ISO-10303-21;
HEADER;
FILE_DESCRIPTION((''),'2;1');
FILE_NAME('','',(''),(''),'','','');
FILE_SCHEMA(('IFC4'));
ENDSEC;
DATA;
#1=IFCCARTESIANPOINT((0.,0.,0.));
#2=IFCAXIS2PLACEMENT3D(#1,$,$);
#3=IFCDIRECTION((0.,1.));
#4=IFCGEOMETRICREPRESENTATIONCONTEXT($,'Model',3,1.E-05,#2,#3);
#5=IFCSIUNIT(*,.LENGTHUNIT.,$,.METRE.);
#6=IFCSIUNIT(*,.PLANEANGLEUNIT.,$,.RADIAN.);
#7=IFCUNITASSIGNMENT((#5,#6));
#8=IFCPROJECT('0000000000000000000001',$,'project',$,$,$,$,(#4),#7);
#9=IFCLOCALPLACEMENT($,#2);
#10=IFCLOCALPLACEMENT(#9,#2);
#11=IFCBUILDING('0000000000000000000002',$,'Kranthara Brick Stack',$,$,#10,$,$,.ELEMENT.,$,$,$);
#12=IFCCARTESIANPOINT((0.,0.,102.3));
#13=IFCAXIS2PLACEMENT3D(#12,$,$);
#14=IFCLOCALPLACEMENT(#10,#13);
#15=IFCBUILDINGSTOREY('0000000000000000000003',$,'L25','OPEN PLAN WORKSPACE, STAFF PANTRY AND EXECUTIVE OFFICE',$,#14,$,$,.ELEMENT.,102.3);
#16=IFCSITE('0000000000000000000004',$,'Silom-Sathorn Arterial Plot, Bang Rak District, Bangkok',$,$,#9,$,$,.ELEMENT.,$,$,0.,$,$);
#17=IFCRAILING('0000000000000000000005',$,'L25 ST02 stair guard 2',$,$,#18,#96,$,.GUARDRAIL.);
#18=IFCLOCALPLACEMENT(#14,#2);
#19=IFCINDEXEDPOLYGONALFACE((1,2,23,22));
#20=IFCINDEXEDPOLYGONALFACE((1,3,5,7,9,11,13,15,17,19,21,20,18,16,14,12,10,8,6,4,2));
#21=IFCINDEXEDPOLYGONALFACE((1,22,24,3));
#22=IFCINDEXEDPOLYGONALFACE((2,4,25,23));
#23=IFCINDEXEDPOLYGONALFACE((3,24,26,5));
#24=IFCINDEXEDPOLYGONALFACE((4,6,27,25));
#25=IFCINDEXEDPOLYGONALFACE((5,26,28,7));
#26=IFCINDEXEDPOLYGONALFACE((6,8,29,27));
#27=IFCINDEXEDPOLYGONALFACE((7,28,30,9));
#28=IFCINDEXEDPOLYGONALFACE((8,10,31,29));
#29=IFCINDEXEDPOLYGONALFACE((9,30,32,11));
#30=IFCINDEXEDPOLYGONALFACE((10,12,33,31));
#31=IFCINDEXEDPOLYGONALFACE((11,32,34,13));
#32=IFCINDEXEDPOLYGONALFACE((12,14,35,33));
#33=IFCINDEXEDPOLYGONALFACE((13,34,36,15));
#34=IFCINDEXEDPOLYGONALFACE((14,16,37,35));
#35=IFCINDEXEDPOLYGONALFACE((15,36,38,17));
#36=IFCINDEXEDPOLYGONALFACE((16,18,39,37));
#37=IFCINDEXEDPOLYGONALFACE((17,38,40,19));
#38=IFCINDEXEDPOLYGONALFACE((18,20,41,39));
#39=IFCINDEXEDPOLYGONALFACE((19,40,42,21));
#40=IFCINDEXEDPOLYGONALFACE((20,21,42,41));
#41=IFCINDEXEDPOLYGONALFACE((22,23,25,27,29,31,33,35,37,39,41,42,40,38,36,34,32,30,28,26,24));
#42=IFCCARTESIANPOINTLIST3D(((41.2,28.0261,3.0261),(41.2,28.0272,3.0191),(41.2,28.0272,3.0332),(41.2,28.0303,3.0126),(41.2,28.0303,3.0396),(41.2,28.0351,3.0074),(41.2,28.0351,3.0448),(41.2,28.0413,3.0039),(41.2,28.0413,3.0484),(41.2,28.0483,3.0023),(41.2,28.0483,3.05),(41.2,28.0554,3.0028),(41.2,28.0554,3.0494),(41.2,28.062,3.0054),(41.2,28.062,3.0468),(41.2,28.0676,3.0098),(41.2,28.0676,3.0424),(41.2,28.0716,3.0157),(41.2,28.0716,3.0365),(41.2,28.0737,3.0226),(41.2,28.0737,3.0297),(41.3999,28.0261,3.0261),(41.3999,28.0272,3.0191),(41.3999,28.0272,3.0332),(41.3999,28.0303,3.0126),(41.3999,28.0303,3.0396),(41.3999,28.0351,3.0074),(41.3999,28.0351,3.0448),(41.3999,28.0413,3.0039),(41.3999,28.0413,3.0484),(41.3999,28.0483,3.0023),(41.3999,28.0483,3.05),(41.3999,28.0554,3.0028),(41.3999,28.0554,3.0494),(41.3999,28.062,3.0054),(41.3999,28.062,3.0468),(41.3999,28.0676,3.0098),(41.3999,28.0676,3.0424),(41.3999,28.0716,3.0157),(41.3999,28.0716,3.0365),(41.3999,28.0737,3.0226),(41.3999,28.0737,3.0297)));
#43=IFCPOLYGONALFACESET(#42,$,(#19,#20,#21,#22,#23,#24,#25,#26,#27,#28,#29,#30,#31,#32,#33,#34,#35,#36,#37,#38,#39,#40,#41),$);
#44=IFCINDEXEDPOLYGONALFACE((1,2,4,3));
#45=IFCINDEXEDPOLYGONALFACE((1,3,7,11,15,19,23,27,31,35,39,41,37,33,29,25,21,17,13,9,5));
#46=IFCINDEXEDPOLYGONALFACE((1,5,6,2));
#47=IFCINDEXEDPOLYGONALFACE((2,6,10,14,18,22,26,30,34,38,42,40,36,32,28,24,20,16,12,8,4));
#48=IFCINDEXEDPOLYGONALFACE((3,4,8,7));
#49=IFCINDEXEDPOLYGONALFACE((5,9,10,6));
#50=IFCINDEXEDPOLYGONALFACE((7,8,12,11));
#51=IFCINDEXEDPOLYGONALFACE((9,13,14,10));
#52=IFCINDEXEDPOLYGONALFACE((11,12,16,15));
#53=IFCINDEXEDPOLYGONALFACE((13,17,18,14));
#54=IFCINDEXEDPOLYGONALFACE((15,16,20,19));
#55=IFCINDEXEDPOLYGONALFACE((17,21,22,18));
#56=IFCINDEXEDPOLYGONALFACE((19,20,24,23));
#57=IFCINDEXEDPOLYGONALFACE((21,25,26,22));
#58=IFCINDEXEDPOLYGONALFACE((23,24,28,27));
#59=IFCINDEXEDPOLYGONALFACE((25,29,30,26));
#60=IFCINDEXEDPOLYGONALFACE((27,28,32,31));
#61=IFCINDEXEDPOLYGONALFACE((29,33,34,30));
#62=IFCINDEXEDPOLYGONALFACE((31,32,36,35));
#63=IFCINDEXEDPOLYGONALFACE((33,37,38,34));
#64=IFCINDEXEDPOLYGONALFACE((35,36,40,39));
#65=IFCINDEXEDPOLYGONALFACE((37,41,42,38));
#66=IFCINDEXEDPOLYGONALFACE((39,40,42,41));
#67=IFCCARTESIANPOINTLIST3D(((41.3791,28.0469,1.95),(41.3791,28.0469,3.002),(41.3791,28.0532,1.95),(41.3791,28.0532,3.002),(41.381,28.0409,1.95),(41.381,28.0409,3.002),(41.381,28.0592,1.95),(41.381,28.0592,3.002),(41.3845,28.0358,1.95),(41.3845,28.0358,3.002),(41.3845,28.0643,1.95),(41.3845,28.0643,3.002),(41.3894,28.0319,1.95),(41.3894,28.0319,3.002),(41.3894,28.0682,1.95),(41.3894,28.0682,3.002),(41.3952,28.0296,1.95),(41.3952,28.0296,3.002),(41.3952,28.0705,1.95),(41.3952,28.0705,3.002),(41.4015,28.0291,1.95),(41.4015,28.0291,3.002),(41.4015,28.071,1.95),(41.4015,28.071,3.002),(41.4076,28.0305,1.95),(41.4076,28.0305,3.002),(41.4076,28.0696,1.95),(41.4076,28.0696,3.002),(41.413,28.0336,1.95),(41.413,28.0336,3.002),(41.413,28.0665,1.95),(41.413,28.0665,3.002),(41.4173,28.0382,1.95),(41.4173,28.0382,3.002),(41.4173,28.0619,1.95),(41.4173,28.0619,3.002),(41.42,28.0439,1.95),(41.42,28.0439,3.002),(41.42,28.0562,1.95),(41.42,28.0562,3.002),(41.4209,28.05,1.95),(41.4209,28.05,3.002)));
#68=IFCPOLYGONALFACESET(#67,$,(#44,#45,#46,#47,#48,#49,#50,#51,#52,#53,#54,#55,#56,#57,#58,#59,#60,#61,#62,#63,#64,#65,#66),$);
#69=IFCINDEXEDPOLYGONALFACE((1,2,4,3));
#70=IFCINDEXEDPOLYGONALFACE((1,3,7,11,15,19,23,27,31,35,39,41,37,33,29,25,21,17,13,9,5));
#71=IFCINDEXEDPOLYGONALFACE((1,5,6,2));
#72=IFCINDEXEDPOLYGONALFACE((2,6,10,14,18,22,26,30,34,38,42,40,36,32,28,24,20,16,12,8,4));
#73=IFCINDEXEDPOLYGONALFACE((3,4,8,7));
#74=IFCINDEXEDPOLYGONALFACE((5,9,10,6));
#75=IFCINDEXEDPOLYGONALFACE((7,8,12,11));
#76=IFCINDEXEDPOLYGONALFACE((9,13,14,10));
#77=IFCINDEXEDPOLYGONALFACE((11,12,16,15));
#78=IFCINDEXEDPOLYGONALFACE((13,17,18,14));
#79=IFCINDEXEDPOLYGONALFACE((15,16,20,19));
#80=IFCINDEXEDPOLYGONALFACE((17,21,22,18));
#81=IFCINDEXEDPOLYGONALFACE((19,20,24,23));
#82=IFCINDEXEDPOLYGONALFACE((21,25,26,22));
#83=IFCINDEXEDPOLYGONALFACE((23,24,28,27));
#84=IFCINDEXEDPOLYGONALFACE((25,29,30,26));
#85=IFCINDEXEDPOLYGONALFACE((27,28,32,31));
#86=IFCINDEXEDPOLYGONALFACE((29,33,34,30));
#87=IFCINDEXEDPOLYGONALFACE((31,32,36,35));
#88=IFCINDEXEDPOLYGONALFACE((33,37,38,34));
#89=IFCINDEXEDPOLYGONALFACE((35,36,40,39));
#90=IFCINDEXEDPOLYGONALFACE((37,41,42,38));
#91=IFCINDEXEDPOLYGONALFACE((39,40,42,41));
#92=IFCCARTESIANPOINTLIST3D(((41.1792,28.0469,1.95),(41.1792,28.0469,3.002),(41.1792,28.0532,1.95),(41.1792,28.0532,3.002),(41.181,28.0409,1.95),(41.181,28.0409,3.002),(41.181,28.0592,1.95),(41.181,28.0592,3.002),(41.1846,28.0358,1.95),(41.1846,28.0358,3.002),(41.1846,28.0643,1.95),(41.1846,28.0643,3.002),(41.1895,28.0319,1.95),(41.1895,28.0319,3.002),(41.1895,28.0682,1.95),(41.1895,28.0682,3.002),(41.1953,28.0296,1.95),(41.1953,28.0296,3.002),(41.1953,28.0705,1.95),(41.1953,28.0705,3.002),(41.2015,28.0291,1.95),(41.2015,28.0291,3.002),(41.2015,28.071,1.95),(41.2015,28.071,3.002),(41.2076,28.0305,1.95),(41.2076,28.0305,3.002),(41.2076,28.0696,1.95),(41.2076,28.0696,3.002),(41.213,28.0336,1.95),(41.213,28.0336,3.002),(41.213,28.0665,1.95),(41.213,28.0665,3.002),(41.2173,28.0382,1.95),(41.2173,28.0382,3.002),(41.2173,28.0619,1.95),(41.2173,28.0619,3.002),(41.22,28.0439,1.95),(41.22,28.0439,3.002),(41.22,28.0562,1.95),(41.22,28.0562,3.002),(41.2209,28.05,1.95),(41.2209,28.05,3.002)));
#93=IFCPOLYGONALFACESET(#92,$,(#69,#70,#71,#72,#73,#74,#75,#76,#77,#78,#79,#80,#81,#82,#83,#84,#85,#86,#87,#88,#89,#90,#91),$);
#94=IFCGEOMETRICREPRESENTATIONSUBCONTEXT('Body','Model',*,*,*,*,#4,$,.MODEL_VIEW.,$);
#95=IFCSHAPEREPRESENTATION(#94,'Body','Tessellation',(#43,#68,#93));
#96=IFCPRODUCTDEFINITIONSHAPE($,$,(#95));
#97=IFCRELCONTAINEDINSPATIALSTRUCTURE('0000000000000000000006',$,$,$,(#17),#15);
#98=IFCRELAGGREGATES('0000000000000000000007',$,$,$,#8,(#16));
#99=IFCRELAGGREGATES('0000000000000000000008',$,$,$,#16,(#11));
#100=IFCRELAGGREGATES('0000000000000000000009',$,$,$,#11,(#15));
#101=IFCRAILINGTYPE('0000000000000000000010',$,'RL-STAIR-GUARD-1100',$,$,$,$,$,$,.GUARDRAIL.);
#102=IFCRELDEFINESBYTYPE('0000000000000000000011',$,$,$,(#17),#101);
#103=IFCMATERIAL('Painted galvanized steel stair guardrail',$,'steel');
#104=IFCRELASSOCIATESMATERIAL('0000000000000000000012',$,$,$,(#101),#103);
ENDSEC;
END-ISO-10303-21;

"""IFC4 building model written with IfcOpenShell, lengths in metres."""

from ifc_helpers import new_model, si_unit, direction, frame, origin, origin_2d, place, context, subcontext, project, spatial, circle, extrude, material, type_object, element, save


model = new_model("IFC4")

# Units and contexts
model_context = context("Model", 3, precision=1e-05, world=origin(), true_north=direction((0.0, 1.0)))
body_context = subcontext(model_context, "Body", "Model", "MODEL_VIEW")
ifc_project = project(units=[si_unit("LENGTHUNIT", "METRE"), si_unit("PLANEANGLEUNIT", "RADIAN")], contexts=[model_context])

# Site, building, storey
site_placement = place(None, origin())
site = spatial("IfcSite", under=ifc_project, at=site_placement, Name="Silom-Sathorn Arterial Plot, Bang Rak District, Bangkok", CompositionType="ELEMENT", RefElevation=0.0)
building_placement = place(site_placement, origin())
building = spatial("IfcBuilding", under=site, at=building_placement, Name="Kranthara Brick Stack", CompositionType="ELEMENT")
storey_placement = place(building_placement, frame((0.0, 0.0, 102.3)))
storey = spatial("IfcBuildingStorey", under=building, at=storey_placement, Name="L25", Description="OPEN PLAN WORKSPACE, STAFF PANTRY AND EXECUTIVE OFFICE", CompositionType="ELEMENT", Elevation=102.3)

# Railing
ifc_material_1 = material(Name="Painted galvanized steel stair guardrail", Category="steel")
railing_type_1 = type_object("IfcRailingType", Name="RL-STAIR-GUARD-1100", PredefinedType="GUARDRAIL", material=ifc_material_1)
railing_1_placement = place(storey_placement, frame((41.3999, 28.05, 1.95)))
element("IfcRailing", 1, at=railing_1_placement, inside=storey, type_object=railing_type_1, Name="L25 ST02 stair guard 2", PredefinedType="GUARDRAIL", context=body_context, shape_type="SweptSolid", body=[
    extrude(circle(Radius=0.0239, at=origin_2d()), frame((0.0, 0.0, 1.0762), z_axis=(-1.0, 0.0, 0.0), x_axis=(0.0, -1.0, 0.0)), (0.0, 0.0, 1.0), 0.2),
    extrude(circle(Radius=0.021, at=origin_2d()), origin(), (0.0, 0.0, 1.0), 1.052),
    extrude(circle(Radius=0.021, at=origin_2d()), frame((-0.2, 0.0, 0.0)), (0.0, 0.0, 1.0), 1.052),
])

save(model, "model.ifc")
